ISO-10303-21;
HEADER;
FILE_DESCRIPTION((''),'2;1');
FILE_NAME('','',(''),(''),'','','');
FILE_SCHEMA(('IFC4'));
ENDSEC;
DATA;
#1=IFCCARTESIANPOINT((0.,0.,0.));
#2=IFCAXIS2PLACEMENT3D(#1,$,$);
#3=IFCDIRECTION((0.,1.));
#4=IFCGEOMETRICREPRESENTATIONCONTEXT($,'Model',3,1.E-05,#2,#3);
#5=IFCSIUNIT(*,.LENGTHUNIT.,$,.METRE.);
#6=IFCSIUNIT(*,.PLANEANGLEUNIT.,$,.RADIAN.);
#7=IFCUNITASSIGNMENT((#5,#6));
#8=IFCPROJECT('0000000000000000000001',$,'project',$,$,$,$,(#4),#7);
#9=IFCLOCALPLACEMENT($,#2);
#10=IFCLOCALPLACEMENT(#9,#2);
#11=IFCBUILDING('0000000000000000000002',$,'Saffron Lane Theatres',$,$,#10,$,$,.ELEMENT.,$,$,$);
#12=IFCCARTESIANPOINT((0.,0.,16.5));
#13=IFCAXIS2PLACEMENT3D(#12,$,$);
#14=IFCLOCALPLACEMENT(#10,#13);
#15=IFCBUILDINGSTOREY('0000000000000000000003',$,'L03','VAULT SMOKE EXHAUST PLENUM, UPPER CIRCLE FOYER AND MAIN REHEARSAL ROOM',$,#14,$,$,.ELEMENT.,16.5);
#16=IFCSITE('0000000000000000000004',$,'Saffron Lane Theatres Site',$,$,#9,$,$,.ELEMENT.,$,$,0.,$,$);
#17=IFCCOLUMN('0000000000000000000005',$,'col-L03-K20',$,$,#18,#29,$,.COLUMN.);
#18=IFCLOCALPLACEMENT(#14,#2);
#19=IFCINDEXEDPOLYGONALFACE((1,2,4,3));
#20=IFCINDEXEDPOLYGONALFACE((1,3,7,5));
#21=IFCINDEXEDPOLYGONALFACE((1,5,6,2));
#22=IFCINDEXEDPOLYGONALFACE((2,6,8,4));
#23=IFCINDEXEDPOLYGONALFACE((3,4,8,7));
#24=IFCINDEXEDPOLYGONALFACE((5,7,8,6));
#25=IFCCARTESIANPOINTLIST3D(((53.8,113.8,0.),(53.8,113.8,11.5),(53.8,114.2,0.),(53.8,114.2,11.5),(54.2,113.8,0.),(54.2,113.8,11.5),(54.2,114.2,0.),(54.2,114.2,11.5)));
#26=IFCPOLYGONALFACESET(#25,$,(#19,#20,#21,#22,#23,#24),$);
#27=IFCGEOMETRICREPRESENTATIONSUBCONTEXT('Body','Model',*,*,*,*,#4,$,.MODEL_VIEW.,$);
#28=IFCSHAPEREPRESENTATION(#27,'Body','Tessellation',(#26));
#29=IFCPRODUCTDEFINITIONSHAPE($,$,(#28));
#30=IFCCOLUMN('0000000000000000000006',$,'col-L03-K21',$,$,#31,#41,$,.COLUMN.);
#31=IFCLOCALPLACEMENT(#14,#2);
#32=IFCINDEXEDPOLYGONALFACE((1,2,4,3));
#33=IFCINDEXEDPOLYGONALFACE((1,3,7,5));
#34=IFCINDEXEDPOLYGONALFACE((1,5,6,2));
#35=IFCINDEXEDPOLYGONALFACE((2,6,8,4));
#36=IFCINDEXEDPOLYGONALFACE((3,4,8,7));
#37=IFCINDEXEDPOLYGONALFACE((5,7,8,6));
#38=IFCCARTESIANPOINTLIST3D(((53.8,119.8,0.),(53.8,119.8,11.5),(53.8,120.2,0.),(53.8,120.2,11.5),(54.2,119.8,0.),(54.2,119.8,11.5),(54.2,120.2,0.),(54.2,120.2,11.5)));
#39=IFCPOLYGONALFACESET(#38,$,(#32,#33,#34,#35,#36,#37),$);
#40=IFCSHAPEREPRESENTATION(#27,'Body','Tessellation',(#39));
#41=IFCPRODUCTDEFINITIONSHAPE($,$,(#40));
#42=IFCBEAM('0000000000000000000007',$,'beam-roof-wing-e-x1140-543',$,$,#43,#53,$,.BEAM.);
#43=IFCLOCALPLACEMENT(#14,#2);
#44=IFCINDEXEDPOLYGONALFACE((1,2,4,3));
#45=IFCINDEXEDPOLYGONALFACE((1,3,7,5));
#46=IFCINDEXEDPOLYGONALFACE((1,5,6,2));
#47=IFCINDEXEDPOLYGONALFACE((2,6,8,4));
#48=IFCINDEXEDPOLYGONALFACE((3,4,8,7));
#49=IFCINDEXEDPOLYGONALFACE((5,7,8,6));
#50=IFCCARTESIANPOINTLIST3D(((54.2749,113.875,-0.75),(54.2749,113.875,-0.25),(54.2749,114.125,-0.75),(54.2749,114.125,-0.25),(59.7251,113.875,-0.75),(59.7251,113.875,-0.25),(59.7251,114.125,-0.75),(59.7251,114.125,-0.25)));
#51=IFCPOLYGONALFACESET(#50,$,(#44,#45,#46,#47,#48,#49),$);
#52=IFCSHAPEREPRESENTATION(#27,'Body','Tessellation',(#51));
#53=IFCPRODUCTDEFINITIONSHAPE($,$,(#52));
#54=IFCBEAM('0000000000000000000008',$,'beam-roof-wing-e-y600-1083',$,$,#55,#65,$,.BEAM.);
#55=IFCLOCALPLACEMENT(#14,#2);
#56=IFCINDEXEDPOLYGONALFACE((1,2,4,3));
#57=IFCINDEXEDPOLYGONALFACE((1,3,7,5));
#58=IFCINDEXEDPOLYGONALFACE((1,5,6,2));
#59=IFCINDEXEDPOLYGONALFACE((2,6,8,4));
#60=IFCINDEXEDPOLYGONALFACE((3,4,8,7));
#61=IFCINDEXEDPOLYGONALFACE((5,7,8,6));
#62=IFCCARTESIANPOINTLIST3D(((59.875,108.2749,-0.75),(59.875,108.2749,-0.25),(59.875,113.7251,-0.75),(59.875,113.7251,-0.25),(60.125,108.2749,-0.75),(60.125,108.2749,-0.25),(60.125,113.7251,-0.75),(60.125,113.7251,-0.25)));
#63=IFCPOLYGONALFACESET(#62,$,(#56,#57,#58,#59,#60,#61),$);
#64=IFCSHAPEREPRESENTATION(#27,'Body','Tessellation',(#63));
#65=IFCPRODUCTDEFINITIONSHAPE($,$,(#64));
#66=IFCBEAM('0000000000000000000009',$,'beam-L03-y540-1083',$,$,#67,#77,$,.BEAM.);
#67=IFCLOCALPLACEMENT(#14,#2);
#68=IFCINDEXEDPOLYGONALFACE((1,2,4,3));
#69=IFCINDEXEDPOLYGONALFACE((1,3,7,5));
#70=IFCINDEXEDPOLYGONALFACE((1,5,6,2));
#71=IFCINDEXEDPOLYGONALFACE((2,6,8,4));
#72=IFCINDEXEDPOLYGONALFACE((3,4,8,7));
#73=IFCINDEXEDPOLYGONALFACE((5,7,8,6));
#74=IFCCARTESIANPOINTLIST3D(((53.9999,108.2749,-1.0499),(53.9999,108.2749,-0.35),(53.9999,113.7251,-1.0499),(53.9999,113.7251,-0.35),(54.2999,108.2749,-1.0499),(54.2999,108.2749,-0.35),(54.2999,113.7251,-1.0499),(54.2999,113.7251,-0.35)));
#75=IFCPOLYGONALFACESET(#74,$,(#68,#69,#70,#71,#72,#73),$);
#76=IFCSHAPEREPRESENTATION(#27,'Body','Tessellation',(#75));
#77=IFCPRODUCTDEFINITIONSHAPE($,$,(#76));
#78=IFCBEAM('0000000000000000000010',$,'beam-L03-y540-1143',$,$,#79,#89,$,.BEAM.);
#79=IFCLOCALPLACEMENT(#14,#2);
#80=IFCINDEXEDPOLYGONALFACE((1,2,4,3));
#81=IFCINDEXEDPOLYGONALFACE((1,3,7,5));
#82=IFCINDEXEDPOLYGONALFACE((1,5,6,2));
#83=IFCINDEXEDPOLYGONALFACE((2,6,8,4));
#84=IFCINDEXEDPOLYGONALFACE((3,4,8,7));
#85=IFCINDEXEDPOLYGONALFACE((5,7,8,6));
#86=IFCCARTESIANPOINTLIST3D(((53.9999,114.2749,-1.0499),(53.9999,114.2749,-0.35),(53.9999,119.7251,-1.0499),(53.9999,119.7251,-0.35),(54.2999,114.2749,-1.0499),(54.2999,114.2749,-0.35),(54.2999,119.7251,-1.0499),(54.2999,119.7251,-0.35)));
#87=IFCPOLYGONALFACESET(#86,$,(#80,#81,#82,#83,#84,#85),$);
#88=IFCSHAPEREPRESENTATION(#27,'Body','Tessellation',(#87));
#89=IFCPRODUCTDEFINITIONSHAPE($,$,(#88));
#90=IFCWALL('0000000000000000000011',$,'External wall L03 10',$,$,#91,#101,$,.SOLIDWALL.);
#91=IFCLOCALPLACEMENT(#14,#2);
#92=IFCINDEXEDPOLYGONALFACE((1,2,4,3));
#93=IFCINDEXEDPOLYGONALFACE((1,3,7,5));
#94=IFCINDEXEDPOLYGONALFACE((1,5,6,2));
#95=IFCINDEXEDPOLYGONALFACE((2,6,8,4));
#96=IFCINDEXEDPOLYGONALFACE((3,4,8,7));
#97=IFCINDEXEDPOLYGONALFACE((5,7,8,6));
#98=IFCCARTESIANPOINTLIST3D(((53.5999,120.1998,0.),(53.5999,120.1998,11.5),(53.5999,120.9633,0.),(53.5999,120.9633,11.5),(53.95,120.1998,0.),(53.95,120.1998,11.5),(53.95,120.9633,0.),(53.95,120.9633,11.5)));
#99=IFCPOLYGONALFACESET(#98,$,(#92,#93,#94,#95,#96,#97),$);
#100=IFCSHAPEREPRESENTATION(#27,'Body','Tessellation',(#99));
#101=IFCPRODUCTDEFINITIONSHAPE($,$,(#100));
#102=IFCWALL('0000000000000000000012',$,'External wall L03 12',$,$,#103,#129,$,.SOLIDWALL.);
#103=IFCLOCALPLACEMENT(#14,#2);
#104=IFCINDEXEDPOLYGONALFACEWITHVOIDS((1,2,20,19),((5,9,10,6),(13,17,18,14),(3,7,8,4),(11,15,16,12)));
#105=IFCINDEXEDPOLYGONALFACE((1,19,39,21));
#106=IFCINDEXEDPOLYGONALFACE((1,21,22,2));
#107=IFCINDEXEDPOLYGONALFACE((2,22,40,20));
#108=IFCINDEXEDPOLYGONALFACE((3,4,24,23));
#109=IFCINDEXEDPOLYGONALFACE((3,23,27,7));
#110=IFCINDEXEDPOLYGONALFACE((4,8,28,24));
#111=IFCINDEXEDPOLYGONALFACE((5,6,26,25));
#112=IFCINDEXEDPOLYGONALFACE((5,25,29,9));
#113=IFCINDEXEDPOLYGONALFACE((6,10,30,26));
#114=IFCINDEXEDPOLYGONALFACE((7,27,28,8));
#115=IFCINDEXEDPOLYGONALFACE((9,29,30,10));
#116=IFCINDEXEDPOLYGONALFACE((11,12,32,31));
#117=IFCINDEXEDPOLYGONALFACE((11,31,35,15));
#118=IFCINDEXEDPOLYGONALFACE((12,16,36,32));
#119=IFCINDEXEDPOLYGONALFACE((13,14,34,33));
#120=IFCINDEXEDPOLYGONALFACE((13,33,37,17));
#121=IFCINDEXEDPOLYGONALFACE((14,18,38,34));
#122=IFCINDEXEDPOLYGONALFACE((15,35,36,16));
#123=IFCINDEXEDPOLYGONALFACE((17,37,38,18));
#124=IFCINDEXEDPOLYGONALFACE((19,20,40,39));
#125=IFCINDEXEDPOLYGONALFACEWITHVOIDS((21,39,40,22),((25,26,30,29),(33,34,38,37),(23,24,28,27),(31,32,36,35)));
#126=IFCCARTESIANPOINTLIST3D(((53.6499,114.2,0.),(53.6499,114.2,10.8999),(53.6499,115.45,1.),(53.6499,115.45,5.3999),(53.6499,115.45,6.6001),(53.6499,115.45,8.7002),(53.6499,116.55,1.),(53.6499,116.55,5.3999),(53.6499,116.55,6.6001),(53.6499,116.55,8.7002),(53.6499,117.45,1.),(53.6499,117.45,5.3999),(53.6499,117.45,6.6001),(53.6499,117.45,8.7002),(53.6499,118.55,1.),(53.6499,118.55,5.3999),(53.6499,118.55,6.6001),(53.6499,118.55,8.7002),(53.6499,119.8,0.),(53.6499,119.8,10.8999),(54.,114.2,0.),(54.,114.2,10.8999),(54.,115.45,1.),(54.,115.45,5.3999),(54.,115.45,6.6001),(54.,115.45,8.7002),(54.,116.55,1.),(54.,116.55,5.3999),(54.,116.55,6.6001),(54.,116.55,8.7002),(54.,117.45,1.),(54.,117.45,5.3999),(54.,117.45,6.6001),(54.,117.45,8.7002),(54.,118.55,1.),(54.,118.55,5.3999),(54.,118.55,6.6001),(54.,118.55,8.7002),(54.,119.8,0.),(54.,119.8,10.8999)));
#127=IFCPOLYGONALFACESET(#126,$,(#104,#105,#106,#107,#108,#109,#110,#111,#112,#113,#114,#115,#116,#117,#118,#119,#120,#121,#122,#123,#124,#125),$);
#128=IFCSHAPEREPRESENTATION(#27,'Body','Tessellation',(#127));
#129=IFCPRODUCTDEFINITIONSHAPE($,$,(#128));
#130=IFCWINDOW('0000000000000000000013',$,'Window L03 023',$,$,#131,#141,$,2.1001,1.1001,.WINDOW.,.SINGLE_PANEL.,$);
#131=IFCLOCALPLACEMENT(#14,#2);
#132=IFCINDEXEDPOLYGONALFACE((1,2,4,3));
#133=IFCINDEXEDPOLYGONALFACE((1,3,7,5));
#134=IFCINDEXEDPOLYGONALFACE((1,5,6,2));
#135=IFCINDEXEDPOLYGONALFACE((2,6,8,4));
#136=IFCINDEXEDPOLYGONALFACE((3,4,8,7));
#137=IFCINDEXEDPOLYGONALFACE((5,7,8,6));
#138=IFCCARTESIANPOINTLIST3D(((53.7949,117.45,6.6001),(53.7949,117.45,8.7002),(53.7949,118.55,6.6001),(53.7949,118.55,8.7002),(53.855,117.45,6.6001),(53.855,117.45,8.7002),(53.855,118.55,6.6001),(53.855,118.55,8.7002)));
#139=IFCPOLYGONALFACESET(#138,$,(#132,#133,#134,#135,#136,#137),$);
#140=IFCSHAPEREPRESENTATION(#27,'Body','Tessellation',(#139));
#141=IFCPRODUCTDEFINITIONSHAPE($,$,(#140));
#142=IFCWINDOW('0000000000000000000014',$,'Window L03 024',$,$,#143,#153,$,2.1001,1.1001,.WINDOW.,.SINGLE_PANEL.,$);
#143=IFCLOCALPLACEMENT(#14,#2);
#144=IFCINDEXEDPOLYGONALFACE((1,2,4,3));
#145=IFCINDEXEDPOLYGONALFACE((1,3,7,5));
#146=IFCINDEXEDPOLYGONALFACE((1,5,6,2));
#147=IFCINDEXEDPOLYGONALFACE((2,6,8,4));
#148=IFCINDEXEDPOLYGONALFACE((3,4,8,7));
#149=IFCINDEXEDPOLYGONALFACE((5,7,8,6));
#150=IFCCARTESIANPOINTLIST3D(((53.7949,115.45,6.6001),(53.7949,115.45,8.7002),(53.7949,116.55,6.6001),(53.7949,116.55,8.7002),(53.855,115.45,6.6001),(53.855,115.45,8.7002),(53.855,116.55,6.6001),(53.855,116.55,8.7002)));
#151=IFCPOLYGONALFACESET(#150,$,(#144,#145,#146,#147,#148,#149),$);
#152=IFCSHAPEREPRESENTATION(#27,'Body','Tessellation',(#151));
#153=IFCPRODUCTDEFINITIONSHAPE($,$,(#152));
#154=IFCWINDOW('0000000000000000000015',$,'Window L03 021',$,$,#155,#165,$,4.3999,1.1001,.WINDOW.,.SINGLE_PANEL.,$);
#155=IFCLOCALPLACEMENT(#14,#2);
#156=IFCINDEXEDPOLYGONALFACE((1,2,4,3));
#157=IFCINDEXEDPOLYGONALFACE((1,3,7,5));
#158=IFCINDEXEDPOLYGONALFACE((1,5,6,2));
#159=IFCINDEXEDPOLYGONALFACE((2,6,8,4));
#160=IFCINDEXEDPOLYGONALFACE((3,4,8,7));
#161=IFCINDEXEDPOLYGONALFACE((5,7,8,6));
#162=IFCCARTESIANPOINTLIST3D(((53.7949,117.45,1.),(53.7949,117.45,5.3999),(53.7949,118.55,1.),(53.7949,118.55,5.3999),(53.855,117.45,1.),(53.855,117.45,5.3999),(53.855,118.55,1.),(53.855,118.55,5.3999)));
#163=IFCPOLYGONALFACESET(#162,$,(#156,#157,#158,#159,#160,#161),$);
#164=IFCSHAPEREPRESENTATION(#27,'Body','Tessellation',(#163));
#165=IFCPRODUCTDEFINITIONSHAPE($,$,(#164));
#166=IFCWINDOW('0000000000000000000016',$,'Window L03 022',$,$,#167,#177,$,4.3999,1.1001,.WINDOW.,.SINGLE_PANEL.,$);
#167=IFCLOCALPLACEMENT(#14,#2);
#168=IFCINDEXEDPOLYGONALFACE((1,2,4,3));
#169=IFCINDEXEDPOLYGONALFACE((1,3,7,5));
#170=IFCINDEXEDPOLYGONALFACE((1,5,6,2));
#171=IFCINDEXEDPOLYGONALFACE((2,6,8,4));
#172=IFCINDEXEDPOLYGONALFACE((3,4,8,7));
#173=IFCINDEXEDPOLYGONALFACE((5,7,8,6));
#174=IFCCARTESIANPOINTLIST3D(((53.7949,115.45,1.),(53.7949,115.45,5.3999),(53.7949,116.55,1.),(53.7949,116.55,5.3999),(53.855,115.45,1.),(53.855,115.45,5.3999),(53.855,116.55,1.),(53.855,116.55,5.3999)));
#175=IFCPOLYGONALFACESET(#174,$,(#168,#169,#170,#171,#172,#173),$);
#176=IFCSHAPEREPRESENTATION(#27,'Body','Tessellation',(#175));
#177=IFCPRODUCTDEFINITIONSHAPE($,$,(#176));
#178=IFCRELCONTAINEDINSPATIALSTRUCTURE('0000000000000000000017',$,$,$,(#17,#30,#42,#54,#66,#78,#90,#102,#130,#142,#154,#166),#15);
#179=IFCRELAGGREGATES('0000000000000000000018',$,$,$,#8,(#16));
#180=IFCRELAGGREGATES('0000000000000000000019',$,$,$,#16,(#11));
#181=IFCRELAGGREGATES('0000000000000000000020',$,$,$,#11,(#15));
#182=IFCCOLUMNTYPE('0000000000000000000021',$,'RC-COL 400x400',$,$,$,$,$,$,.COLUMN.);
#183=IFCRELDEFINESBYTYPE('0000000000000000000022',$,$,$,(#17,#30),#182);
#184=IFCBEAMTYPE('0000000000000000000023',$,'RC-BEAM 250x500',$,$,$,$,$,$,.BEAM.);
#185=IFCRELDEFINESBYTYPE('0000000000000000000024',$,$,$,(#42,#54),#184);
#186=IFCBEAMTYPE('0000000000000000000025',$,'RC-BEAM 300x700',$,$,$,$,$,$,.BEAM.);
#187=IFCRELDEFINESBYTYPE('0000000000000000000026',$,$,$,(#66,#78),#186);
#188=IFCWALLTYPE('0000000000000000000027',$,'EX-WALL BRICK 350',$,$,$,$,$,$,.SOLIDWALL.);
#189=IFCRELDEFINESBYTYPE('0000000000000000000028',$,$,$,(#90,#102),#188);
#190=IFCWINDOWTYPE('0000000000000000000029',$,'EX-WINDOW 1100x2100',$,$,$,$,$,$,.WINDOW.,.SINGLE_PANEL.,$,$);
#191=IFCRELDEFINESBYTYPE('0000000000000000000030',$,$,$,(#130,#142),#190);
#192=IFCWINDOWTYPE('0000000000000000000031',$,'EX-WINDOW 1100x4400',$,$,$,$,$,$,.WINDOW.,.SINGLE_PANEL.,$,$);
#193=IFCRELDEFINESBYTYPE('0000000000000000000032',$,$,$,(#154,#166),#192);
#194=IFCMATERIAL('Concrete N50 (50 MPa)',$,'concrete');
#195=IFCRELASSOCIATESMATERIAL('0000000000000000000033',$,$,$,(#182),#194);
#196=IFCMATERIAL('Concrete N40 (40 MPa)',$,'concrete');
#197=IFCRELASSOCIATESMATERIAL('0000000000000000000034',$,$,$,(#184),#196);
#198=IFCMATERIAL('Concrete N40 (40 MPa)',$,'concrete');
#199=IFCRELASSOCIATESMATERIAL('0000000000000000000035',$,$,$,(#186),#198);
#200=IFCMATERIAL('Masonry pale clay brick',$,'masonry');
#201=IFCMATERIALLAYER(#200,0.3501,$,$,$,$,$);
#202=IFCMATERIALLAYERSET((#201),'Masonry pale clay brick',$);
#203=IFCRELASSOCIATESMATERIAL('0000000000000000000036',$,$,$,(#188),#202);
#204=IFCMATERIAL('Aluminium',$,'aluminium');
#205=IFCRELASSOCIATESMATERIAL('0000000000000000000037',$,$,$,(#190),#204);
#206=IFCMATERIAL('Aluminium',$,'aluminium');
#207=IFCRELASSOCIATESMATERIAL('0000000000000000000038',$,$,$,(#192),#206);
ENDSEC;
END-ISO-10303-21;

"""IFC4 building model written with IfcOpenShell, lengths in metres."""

from ifc_helpers import new_model, si_unit, direction, frame, frame_2d, origin, origin_2d, place, context, subcontext, project, spatial, rectangle, extrude, material, layer, layer_set, material_profile, profile_set, type_object, element, fill, save


model = new_model("IFC4")

# Units and contexts
model_context = context("Model", 3, precision=1e-05, world=origin(), true_north=direction((0.0, 1.0)))
body_context = subcontext(model_context, "Body", "Model", "MODEL_VIEW")
ifc_project = project(units=[si_unit("LENGTHUNIT", "METRE"), si_unit("PLANEANGLEUNIT", "RADIAN")], contexts=[model_context])

# Site, building, storey
site_placement = place(None, origin())
site = spatial("IfcSite", under=ifc_project, at=site_placement, Name="Saffron Lane Theatres Site", CompositionType="ELEMENT", RefElevation=0.0)
building_placement = place(site_placement, origin())
building = spatial("IfcBuilding", under=site, at=building_placement, Name="Saffron Lane Theatres", CompositionType="ELEMENT")
storey_placement = place(building_placement, frame((0.0, 0.0, 16.5)))
storey = spatial("IfcBuildingStorey", under=building, at=storey_placement, Name="L03", Description="VAULT SMOKE EXHAUST PLENUM, UPPER CIRCLE FOYER AND MAIN REHEARSAL ROOM", CompositionType="ELEMENT", Elevation=16.5)

# Columns
ifc_material_1 = material(Name="Concrete N50 (50 MPa)", Category="concrete")
ifc_material_profile_1 = material_profile(ifc_material_1, rectangle(XDim=0.3999, YDim=0.3999, at=origin_2d()))
ifc_profile_set_1 = profile_set([ifc_material_profile_1], Name="Concrete N50 (50 MPa)")
column_type = type_object("IfcColumnType", Name="RC-COL 400x400", PredefinedType="COLUMN", material=ifc_profile_set_1)
for number, where, z_axis, x_axis, name in (
    (1, (54.0, 114.0, 0.0), (0.0, 0.0, 1.0), (1.0, 0.0, 0.0), "col-L03-K20"),
    (2, (54.0, 120.0, 0.0), (0.0, 0.0, 1.0), (1.0, 0.0, 0.0), "col-L03-K21"),
):
    element("IfcColumn", number, at=place(storey_placement, frame(where, z_axis=z_axis, x_axis=x_axis)), inside=storey, type_object=column_type, Name=name, PredefinedType="COLUMN", context=body_context, shape_type="SweptSolid", body=[
        extrude(rectangle(XDim=0.3999, YDim=0.3999, at=origin_2d()), origin(), (0.0, 0.0, 1.0), 11.5),
    ])

# Beams
ifc_material_2 = material(Name="Concrete N40 (40 MPa)", Category="concrete")
ifc_material_profile_2 = material_profile(ifc_material_2, rectangle(XDim=0.25, YDim=0.5, at=origin_2d()))
ifc_profile_set_2 = profile_set([ifc_material_profile_2], Name="Concrete N40 (40 MPa)")
beam_type_1 = type_object("IfcBeamType", Name="RC-BEAM 250x500", PredefinedType="BEAM", material=ifc_profile_set_2)
for number, where, z_axis, x_axis, name in (
    (3, (54.2749, 114.0, -0.5), (1.0, 0.0, 0.0), (0.0, 1.0, 0.0), "beam-roof-wing-e-x1140-543"),
    (4, (60.0, 108.2749, -0.5), (0.0, 1.0, 0.0), (-1.0, 0.0, 0.0), "beam-roof-wing-e-y600-1083"),
):
    element("IfcBeam", number, at=place(storey_placement, frame(where, z_axis=z_axis, x_axis=x_axis)), inside=storey, type_object=beam_type_1, Name=name, PredefinedType="BEAM", context=body_context, shape_type="SweptSolid", body=[
        extrude(rectangle(XDim=0.25, YDim=0.5, at=origin_2d()), origin(), (0.0, 0.0, 1.0), 5.4502),
    ])
ifc_material_3 = material(Name="Concrete N40 (40 MPa)", Category="concrete")
ifc_material_profile_3 = material_profile(ifc_material_3, rectangle(XDim=0.3, YDim=0.7, at=origin_2d()))
ifc_profile_set_3 = profile_set([ifc_material_profile_3], Name="Concrete N40 (40 MPa)")
beam_type_2 = type_object("IfcBeamType", Name="RC-BEAM 300x700", PredefinedType="BEAM", material=ifc_profile_set_3)
for number, where, z_axis, x_axis, name in (
    (5, (54.1499, 108.2749, -0.7), (0.0, 1.0, 0.0), (-1.0, 0.0, 0.0), "beam-L03-y540-1083"),
    (6, (54.1499, 114.2749, -0.7), (0.0, 1.0, 0.0), (-1.0, 0.0, 0.0), "beam-L03-y540-1143"),
):
    element("IfcBeam", number, at=place(storey_placement, frame(where, z_axis=z_axis, x_axis=x_axis)), inside=storey, type_object=beam_type_2, Name=name, PredefinedType="BEAM", context=body_context, shape_type="SweptSolid", body=[
        extrude(rectangle(XDim=0.3, YDim=0.7, at=origin_2d()), origin(), (0.0, 0.0, 1.0), 5.4502),
    ])

# Wall
ifc_material_4 = material(Name="Masonry pale clay brick", Category="masonry")
ifc_layer_1 = layer(ifc_material_4, 0.3501)
ifc_layer_set_1 = layer_set([ifc_layer_1], Name="Masonry pale clay brick")
wall_type_1 = type_object("IfcWallType", Name="EX-WALL BRICK 350", PredefinedType="SOLIDWALL", material=ifc_layer_set_1)
wall_1_placement = place(storey_placement, frame((53.7749, 120.9634, 0.0), z_axis=(0.0, 0.0, 1.0), x_axis=(0.0, -1.0, 0.0)))
element("IfcWall", 7, at=wall_1_placement, inside=storey, type_object=wall_type_1, Name="External wall L03 10", PredefinedType="SOLIDWALL", context=body_context, shape_type="SweptSolid", body=[
    extrude(rectangle(XDim=0.7634, YDim=0.3501, at=frame_2d((0.3818, 0.0))), origin(), (0.0, 0.0, 1.0), 11.5),
])

# Wall, openings, windows
wall_2_placement = place(storey_placement, frame((53.825, 119.8, 0.0), z_axis=(0.0, 0.0, 1.0), x_axis=(0.0, -1.0, 0.0)))
wall_2 = element("IfcWall", 8, at=wall_2_placement, inside=storey, type_object=wall_type_1, Name="External wall L03 12", PredefinedType="SOLIDWALL", context=body_context, shape_type="SweptSolid", body=[
    extrude(rectangle(XDim=5.6001, YDim=0.3501, at=frame_2d((2.8, 0.0))), origin(), (0.0, 0.0, 1.0), 10.8999),
])
opening_1_placement = place(wall_2_placement, frame((1.25, 0.0, 1.0)))
opening_1 = element("IfcOpeningElement", 9, at=opening_1_placement, cuts=wall_2, PredefinedType="OPENING", context=body_context, shape_type="SweptSolid", body=[
    extrude(rectangle(XDim=1.1001, YDim=4.3999, at=frame_2d((0.55, 2.2))), frame((0.0, 0.1851, 0.0), z_axis=(0.0, -1.0, 0.0), x_axis=(1.0, 0.0, 0.0)), (0.0, 0.0, 1.0), 0.3701),
])
opening_2_placement = place(wall_2_placement, frame((3.25, 0.0, 1.0)))
opening_2 = element("IfcOpeningElement", 10, at=opening_2_placement, cuts=wall_2, PredefinedType="OPENING", context=body_context, shape_type="SweptSolid", body=[
    extrude(rectangle(XDim=1.1001, YDim=4.3999, at=frame_2d((0.55, 2.2))), frame((0.0, 0.1851, 0.0), z_axis=(0.0, -1.0, 0.0), x_axis=(1.0, 0.0, 0.0)), (0.0, 0.0, 1.0), 0.3701),
])
opening_3_placement = place(wall_2_placement, frame((1.25, 0.0, 6.6001)))
opening_3 = element("IfcOpeningElement", 11, at=opening_3_placement, cuts=wall_2, PredefinedType="OPENING", context=body_context, shape_type="SweptSolid", body=[
    extrude(rectangle(XDim=1.1001, YDim=2.1001, at=frame_2d((0.55, 1.05))), frame((0.0, 0.1851, 0.0), z_axis=(0.0, -1.0, 0.0), x_axis=(1.0, 0.0, 0.0)), (0.0, 0.0, 1.0), 0.3701),
])
opening_4_placement = place(wall_2_placement, frame((3.25, 0.0, 6.6001)))
opening_4 = element("IfcOpeningElement", 12, at=opening_4_placement, cuts=wall_2, PredefinedType="OPENING", context=body_context, shape_type="SweptSolid", body=[
    extrude(rectangle(XDim=1.1001, YDim=2.1001, at=frame_2d((0.55, 1.05))), frame((0.0, 0.1851, 0.0), z_axis=(0.0, -1.0, 0.0), x_axis=(1.0, 0.0, 0.0)), (0.0, 0.0, 1.0), 0.3701),
])
ifc_material_5 = material(Name="Aluminium", Category="aluminium")
window_type_1 = type_object("IfcWindowType", Name="EX-WINDOW 1100x2100", PartitioningType="SINGLE_PANEL", PredefinedType="WINDOW", material=ifc_material_5)
window_1_placement = place(opening_3_placement, origin())
window_1 = element("IfcWindow", 13, at=window_1_placement, inside=storey, type_object=window_type_1, Name="Window L03 023", OverallHeight=2.1001, OverallWidth=1.1001, PartitioningType="SINGLE_PANEL", PredefinedType="WINDOW", context=body_context, shape_type="SweptSolid", body=[
    extrude(rectangle(XDim=1.1001, YDim=2.1001, at=frame_2d((0.55, 1.05))), frame((0.0, 0.03, 0.0), z_axis=(0.0, -1.0, 0.0), x_axis=(1.0, 0.0, 0.0)), (0.0, 0.0, 1.0), 0.0601),
])
fill(opening_3, window_1)
window_2_placement = place(opening_4_placement, origin())
window_2 = element("IfcWindow", 14, at=window_2_placement, inside=storey, type_object=window_type_1, Name="Window L03 024", OverallHeight=2.1001, OverallWidth=1.1001, PartitioningType="SINGLE_PANEL", PredefinedType="WINDOW", context=body_context, shape_type="SweptSolid", body=[
    extrude(rectangle(XDim=1.1001, YDim=2.1001, at=frame_2d((0.55, 1.05))), frame((0.0, 0.03, 0.0), z_axis=(0.0, -1.0, 0.0), x_axis=(1.0, 0.0, 0.0)), (0.0, 0.0, 1.0), 0.0601),
])
fill(opening_4, window_2)
ifc_material_6 = material(Name="Aluminium", Category="aluminium")
window_type_2 = type_object("IfcWindowType", Name="EX-WINDOW 1100x4400", PartitioningType="SINGLE_PANEL", PredefinedType="WINDOW", material=ifc_material_6)
window_3_placement = place(opening_1_placement, origin())
window_3 = element("IfcWindow", 15, at=window_3_placement, inside=storey, type_object=window_type_2, Name="Window L03 021", OverallHeight=4.3999, OverallWidth=1.1001, PartitioningType="SINGLE_PANEL", PredefinedType="WINDOW", context=body_context, shape_type="SweptSolid", body=[
    extrude(rectangle(XDim=1.1001, YDim=4.3999, at=frame_2d((0.55, 2.2))), frame((0.0, 0.03, 0.0), z_axis=(0.0, -1.0, 0.0), x_axis=(1.0, 0.0, 0.0)), (0.0, 0.0, 1.0), 0.0601),
])
fill(opening_1, window_3)
window_4_placement = place(opening_2_placement, origin())
window_4 = element("IfcWindow", 16, at=window_4_placement, inside=storey, type_object=window_type_2, Name="Window L03 022", OverallHeight=4.3999, OverallWidth=1.1001, PartitioningType="SINGLE_PANEL", PredefinedType="WINDOW", context=body_context, shape_type="SweptSolid", body=[
    extrude(rectangle(XDim=1.1001, YDim=4.3999, at=frame_2d((0.55, 2.2))), frame((0.0, 0.03, 0.0), z_axis=(0.0, -1.0, 0.0), x_axis=(1.0, 0.0, 0.0)), (0.0, 0.0, 1.0), 0.0601),
])
fill(opening_2, window_4)

save(model, "model.ifc")
